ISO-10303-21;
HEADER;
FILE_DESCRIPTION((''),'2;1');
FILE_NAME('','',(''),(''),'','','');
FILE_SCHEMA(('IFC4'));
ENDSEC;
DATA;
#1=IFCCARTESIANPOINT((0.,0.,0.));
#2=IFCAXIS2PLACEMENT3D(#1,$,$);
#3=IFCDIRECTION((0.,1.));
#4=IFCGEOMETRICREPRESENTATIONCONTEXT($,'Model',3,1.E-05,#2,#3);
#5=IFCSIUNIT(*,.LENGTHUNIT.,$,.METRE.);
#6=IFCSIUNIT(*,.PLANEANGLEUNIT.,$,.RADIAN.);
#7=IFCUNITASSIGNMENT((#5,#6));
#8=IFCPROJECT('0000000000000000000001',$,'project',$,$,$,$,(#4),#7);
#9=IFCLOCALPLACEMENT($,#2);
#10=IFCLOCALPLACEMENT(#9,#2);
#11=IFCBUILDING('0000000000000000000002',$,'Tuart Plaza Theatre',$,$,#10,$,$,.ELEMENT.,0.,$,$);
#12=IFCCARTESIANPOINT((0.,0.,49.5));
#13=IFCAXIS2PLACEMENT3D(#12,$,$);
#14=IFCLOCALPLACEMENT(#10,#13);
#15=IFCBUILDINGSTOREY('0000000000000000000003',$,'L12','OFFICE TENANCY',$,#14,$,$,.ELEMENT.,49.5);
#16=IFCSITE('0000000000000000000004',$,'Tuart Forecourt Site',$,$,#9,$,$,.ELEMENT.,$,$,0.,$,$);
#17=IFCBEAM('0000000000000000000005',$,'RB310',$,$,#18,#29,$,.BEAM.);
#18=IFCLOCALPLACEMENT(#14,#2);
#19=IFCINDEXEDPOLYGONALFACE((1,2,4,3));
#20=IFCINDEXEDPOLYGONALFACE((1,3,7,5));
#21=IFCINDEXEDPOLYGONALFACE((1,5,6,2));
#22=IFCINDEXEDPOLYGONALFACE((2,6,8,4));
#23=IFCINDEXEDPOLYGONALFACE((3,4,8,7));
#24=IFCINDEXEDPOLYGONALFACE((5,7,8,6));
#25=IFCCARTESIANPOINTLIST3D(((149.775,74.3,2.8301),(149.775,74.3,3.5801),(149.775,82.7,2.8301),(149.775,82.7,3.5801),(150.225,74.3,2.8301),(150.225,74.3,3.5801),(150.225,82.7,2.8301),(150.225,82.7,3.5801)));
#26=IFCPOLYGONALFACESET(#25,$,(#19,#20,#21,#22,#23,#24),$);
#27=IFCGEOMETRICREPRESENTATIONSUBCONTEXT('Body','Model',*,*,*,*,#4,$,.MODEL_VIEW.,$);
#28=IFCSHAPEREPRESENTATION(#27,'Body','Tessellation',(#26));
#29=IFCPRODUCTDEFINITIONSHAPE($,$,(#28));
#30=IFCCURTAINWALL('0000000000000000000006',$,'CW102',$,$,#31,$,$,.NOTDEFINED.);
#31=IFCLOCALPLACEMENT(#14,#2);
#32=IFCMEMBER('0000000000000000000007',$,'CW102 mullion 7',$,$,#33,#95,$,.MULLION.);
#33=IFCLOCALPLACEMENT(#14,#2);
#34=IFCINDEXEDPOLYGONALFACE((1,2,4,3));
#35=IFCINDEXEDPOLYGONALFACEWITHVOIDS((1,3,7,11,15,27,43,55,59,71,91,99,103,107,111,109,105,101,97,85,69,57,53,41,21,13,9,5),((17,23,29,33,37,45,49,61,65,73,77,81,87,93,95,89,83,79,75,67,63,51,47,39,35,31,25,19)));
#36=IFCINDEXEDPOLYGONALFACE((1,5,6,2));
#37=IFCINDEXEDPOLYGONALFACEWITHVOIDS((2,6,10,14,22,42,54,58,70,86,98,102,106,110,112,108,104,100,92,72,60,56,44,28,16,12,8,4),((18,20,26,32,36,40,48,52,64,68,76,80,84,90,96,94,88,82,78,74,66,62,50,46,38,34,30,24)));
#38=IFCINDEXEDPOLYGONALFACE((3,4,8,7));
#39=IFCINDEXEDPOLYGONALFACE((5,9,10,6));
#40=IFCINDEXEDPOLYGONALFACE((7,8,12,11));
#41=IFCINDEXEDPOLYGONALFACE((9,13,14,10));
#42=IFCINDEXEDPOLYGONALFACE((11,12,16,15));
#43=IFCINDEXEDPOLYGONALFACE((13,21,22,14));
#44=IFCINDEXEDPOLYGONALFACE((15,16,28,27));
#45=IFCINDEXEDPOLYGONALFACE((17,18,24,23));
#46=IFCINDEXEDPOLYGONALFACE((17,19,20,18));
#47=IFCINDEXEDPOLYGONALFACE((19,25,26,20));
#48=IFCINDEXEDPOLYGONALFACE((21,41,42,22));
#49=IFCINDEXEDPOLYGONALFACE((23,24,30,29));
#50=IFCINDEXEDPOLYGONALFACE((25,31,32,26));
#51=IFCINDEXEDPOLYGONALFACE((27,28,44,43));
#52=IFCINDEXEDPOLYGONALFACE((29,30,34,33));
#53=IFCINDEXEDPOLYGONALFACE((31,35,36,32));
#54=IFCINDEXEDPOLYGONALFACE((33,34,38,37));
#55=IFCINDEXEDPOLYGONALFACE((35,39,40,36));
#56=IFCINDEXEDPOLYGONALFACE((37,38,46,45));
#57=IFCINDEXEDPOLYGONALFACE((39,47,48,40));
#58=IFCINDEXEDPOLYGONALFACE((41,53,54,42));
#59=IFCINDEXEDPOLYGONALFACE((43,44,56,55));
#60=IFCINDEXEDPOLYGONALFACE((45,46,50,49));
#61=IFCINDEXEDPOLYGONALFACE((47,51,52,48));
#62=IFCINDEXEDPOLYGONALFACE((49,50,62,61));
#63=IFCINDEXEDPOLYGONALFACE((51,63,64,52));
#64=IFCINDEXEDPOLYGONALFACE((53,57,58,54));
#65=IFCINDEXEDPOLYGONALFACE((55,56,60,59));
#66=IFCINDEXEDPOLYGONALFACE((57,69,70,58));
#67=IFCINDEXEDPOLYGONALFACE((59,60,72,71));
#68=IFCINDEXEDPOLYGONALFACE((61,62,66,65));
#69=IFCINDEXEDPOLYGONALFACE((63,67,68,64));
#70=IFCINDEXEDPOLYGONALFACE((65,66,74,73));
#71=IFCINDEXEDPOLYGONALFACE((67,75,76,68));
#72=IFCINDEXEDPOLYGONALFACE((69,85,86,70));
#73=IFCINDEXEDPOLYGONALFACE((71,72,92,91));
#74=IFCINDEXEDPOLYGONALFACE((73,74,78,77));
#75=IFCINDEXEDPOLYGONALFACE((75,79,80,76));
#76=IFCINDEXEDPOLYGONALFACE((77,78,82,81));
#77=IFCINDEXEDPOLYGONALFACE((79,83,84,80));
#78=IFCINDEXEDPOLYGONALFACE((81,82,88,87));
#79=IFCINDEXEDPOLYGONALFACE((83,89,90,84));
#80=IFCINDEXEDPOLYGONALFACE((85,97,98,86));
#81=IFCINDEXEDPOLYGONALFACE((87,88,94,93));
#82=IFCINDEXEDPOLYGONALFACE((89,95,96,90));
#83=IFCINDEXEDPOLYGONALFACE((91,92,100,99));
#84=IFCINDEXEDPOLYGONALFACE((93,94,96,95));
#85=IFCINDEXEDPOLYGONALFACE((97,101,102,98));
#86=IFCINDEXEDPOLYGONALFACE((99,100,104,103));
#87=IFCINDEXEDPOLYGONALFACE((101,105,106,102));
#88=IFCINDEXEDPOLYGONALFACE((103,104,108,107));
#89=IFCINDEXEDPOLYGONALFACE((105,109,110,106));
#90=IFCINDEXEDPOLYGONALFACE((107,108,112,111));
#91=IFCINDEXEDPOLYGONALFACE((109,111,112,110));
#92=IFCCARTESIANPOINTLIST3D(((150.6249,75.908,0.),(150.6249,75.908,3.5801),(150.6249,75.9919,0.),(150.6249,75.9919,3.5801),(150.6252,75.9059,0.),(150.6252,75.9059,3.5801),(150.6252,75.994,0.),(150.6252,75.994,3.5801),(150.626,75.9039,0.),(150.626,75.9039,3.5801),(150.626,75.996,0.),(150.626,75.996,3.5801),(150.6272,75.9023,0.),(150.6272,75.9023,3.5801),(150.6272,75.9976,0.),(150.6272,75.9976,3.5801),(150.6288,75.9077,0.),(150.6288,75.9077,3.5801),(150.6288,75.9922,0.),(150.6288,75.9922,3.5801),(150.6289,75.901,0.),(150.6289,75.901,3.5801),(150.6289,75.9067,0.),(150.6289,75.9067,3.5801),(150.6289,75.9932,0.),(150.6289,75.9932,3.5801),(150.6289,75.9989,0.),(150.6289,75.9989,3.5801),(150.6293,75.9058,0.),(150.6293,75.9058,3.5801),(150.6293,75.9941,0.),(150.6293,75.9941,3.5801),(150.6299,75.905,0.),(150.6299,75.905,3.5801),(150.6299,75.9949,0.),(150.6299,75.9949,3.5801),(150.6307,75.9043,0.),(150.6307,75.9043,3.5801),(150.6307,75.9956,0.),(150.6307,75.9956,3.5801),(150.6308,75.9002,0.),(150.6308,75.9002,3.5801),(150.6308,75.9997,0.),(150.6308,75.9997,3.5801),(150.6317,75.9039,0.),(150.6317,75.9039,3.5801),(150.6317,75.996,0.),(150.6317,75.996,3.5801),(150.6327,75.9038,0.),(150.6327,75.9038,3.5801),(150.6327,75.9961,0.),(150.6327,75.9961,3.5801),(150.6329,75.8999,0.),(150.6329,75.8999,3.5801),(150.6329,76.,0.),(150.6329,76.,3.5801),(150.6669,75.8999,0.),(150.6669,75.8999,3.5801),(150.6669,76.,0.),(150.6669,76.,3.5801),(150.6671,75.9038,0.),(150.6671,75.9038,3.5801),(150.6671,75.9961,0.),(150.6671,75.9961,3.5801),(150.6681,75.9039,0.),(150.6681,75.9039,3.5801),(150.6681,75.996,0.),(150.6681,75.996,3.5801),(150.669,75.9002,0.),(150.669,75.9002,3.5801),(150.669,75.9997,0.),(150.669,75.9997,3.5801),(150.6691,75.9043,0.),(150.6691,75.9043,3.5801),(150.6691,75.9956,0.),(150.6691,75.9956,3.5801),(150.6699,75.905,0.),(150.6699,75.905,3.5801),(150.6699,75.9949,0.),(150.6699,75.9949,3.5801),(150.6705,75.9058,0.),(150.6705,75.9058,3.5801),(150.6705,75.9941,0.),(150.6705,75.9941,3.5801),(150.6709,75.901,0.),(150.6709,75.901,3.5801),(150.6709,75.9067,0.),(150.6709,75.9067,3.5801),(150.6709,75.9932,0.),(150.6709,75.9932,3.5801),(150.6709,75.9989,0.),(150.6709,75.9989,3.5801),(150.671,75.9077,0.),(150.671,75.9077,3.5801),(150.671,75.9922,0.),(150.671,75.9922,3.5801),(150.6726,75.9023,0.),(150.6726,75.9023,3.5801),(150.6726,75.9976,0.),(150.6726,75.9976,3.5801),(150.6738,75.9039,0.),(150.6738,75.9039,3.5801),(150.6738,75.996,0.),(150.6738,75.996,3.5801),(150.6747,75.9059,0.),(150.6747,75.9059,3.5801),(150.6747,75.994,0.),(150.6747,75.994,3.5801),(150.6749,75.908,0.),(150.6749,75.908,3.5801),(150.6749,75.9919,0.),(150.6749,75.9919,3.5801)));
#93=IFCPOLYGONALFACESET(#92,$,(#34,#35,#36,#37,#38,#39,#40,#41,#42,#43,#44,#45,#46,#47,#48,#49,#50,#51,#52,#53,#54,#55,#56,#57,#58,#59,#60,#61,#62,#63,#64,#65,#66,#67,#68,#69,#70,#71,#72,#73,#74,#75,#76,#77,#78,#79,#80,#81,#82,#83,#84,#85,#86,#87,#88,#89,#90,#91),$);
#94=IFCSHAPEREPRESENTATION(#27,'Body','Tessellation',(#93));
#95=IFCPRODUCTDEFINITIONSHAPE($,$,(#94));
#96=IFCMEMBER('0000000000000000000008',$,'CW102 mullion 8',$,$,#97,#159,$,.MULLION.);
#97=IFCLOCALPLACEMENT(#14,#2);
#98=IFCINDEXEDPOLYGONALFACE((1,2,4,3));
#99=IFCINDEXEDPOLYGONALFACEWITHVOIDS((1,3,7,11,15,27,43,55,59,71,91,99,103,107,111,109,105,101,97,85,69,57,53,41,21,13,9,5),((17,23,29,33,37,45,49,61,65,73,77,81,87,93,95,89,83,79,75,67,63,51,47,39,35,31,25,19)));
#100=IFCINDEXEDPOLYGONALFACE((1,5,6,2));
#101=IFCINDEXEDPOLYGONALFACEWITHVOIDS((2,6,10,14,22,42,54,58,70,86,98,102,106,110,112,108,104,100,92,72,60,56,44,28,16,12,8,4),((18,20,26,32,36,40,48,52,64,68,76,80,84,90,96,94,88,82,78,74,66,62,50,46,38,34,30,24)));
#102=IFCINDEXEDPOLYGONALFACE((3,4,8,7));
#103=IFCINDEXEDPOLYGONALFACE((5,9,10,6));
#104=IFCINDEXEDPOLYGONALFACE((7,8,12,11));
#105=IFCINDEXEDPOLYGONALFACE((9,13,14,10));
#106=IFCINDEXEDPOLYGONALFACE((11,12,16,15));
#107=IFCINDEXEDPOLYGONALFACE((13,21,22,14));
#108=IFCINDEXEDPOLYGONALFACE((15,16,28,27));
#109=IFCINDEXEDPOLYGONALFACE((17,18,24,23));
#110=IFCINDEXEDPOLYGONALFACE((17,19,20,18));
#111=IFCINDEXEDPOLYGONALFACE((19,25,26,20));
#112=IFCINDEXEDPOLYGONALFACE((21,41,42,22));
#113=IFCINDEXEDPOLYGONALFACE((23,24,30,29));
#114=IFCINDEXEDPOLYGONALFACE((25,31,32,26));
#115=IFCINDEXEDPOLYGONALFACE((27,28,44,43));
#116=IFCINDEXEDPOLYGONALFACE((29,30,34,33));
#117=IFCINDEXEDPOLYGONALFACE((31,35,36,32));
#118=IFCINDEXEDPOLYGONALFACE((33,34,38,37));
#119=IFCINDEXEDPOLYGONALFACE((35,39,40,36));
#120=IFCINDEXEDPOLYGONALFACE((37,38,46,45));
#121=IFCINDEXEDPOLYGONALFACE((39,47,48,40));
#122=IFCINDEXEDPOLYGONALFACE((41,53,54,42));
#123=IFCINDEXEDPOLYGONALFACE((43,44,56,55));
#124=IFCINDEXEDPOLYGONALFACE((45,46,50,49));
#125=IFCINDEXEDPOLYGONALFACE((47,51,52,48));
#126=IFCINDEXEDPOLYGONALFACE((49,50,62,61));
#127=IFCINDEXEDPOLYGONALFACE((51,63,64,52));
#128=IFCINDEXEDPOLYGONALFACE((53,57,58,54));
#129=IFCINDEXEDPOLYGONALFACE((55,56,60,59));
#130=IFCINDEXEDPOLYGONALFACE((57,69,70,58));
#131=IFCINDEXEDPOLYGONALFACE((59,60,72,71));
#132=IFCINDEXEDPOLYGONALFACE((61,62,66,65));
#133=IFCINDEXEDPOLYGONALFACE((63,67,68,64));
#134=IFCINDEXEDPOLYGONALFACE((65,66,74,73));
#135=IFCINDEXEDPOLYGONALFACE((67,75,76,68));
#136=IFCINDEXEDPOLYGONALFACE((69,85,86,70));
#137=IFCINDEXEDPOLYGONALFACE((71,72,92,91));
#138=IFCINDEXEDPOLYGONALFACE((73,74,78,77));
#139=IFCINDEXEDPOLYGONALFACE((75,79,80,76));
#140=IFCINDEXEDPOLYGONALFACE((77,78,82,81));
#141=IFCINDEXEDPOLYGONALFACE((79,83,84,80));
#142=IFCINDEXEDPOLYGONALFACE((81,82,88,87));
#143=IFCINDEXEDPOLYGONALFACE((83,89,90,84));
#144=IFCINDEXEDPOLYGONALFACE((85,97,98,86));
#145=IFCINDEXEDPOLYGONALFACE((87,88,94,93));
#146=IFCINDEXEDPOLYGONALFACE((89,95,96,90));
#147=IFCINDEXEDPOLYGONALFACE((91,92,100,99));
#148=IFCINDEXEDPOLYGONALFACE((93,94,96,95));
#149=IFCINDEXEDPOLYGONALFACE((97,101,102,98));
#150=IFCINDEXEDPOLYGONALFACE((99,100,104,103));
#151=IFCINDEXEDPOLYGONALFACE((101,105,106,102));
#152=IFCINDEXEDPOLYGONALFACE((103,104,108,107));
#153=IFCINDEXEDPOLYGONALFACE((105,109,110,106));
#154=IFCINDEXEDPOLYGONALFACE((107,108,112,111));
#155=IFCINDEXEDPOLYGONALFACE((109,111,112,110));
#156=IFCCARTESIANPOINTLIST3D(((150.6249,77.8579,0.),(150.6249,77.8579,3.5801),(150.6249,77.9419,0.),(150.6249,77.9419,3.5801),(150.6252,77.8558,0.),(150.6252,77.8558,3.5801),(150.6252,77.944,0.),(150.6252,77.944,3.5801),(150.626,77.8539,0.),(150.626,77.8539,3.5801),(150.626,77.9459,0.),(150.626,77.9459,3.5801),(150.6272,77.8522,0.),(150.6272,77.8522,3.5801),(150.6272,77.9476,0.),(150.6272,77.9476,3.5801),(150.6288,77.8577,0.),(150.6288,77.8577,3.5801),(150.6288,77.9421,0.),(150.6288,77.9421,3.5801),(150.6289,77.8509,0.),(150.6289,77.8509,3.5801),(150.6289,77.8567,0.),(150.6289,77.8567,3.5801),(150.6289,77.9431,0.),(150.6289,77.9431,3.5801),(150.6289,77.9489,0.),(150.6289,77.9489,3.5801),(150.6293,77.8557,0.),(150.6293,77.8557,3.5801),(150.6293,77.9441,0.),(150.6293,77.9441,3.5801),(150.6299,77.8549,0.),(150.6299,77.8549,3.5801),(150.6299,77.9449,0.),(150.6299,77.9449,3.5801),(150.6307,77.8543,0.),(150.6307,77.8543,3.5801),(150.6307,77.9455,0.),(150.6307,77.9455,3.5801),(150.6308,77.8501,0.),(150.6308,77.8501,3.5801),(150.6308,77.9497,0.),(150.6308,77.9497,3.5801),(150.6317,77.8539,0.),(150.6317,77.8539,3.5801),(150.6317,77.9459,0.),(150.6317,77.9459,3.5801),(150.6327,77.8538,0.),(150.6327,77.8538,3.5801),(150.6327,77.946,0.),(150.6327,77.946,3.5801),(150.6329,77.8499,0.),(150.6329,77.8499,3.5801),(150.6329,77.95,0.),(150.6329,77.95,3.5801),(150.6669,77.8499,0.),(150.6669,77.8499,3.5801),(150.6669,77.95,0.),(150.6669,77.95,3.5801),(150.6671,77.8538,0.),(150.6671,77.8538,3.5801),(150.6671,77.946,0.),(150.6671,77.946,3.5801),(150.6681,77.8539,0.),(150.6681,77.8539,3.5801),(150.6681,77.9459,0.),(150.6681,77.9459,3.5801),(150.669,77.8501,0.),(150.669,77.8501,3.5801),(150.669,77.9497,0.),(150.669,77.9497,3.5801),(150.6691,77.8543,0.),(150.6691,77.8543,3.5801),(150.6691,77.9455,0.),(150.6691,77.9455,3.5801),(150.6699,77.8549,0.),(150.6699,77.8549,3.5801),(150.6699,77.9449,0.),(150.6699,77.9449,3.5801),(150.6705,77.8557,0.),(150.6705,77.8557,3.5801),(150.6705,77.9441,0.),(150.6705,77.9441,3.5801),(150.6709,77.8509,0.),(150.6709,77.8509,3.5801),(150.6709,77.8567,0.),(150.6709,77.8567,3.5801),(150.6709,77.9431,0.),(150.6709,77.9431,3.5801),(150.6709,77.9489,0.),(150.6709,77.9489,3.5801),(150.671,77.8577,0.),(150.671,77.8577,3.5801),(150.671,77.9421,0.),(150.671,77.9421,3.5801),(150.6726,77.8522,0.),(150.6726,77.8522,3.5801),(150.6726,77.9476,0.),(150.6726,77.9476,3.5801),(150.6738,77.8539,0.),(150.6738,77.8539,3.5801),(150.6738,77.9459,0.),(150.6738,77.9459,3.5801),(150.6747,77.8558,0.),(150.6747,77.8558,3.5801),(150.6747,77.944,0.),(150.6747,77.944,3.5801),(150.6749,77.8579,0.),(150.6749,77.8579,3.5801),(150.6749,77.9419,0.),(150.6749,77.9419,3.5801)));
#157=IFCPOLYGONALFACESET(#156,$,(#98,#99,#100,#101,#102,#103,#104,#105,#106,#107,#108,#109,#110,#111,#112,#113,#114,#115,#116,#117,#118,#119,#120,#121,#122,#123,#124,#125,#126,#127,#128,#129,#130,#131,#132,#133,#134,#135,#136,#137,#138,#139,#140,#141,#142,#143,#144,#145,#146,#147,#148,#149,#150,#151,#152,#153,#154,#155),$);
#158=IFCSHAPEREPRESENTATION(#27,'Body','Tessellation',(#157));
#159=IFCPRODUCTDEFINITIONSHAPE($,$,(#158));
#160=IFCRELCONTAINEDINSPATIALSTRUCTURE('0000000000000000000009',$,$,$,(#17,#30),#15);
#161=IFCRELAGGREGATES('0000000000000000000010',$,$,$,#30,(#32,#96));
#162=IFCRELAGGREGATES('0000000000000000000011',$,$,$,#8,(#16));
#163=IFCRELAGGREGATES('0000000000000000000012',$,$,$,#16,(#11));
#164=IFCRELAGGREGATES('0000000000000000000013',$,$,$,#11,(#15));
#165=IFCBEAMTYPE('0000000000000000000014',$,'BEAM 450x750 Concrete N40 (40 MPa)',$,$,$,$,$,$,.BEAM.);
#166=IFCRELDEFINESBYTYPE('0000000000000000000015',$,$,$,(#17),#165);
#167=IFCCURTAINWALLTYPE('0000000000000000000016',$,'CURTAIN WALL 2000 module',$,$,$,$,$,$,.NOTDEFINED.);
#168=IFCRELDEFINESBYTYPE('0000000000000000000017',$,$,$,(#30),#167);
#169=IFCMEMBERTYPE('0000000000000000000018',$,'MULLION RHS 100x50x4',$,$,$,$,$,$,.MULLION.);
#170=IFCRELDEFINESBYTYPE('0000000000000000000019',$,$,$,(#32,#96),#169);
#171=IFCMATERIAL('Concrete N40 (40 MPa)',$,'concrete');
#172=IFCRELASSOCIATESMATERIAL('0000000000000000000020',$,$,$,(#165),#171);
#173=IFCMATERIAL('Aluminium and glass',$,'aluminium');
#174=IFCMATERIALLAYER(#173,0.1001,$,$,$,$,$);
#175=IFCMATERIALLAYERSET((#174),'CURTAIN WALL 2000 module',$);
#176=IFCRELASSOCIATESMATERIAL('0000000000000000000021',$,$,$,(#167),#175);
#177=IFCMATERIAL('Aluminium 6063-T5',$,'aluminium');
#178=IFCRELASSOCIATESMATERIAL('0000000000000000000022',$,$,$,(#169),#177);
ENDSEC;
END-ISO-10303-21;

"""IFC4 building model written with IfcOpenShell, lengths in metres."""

from ifc_helpers import new_model, si_unit, direction, frame, origin, origin_2d, place, context, subcontext, project, spatial, rectangle, hollow_rectangle, extrude, material, layer, layer_set, material_profile, profile_set, type_object, element, aggregate, save


model = new_model("IFC4")

# Units and contexts
model_context = context("Model", 3, precision=1e-05, world=origin(), true_north=direction((0.0, 1.0)))
body_context = subcontext(model_context, "Body", "Model", "MODEL_VIEW")
ifc_project = project(units=[si_unit("LENGTHUNIT", "METRE"), si_unit("PLANEANGLEUNIT", "RADIAN")], contexts=[model_context])

# Site, building, storey
site_placement = place(None, origin())
site = spatial("IfcSite", under=ifc_project, at=site_placement, Name="Tuart Forecourt Site", CompositionType="ELEMENT", RefElevation=0.0)
building_placement = place(site_placement, origin())
building = spatial("IfcBuilding", under=site, at=building_placement, Name="Tuart Plaza Theatre", CompositionType="ELEMENT", ElevationOfRefHeight=0.0)
storey_placement = place(building_placement, frame((0.0, 0.0, 49.5)))
storey = spatial("IfcBuildingStorey", under=building, at=storey_placement, Name="L12", Description="OFFICE TENANCY", CompositionType="ELEMENT", Elevation=49.5)

# Beam
ifc_material_1 = material(Name="Concrete N40 (40 MPa)", Category="concrete")
ifc_material_profile_1 = material_profile(ifc_material_1, rectangle(XDim=0.45, YDim=0.75, at=origin_2d()), Name="BEAM 450x750 Concrete N40 (40 MPa)")
ifc_profile_set_1 = profile_set([ifc_material_profile_1], Name="Concrete N40 (40 MPa)")
beam_type = type_object("IfcBeamType", Name="BEAM 450x750 Concrete N40 (40 MPa)", PredefinedType="BEAM", material=ifc_profile_set_1)
beam_placement = place(storey_placement, frame((150.0, 74.3, 3.2051), z_axis=(0.0, 1.0, 0.0), x_axis=(-1.0, 0.0, 0.0)))
element("IfcBeam", 1, at=beam_placement, inside=storey, type_object=beam_type, Name="RB310", PredefinedType="BEAM", context=body_context, shape_type="SweptSolid", body=[
    extrude(rectangle(XDim=0.45, YDim=0.75, at=origin_2d()), origin(), (0.0, 0.0, 1.0), 8.3999),
])

# Curtain wall, members
ifc_material_2 = material(Name="Aluminium and glass", Category="aluminium")
ifc_layer_1 = layer(ifc_material_2, 0.1001)
ifc_layer_set_1 = layer_set([ifc_layer_1], Name="CURTAIN WALL 2000 module")
curtain_wall_type = type_object("IfcCurtainWallType", Name="CURTAIN WALL 2000 module", PredefinedType="NOTDEFINED", material=ifc_layer_set_1)
curtain_wall_placement = place(storey_placement, origin())
curtain_wall = element("IfcCurtainWall", 2, at=curtain_wall_placement, inside=storey, type_object=curtain_wall_type, Name="CW102", PredefinedType="NOTDEFINED")
ifc_material_3 = material(Name="Aluminium 6063-T5", Category="aluminium")
ifc_material_profile_2 = material_profile(ifc_material_3, hollow_rectangle(XDim=0.05, YDim=0.1001, WallThickness=0.0039, InnerFilletRadius=0.0039, OuterFilletRadius=0.0081, at=origin_2d()), Name="RHS 100x50x4")
ifc_profile_set_2 = profile_set([ifc_material_profile_2], Name="Aluminium 6063-T5")
member_type_1 = type_object("IfcMemberType", Name="MULLION RHS 100x50x4", PredefinedType="MULLION", material=ifc_profile_set_2)
member_1_placement = place(storey_placement, frame((150.6499, 75.95, 0.0), z_axis=(0.0, 0.0, 1.0), x_axis=(-1.0, 0.0, 0.0)))
member_1 = element("IfcMember", 3, at=member_1_placement, type_object=member_type_1, Name="CW102 mullion 7", PredefinedType="MULLION", context=body_context, shape_type="SweptSolid", body=[
    extrude(hollow_rectangle(XDim=0.05, YDim=0.1001, WallThickness=0.0039, InnerFilletRadius=0.0039, OuterFilletRadius=0.0081, at=origin_2d()), origin(), (0.0, 0.0, 1.0), 3.5801),
])
member_2_placement = place(storey_placement, frame((150.6499, 77.8999, 0.0), z_axis=(0.0, 0.0, 1.0), x_axis=(-1.0, 0.0, 0.0)))
member_2 = element("IfcMember", 4, at=member_2_placement, type_object=member_type_1, Name="CW102 mullion 8", PredefinedType="MULLION", context=body_context, shape_type="SweptSolid", body=[
    extrude(hollow_rectangle(XDim=0.05, YDim=0.1001, WallThickness=0.0039, InnerFilletRadius=0.0039, OuterFilletRadius=0.0081, at=origin_2d()), origin(), (0.0, 0.0, 1.0), 3.5801),
])
aggregate(curtain_wall, [member_1, member_2])

save(model, "model.ifc")
